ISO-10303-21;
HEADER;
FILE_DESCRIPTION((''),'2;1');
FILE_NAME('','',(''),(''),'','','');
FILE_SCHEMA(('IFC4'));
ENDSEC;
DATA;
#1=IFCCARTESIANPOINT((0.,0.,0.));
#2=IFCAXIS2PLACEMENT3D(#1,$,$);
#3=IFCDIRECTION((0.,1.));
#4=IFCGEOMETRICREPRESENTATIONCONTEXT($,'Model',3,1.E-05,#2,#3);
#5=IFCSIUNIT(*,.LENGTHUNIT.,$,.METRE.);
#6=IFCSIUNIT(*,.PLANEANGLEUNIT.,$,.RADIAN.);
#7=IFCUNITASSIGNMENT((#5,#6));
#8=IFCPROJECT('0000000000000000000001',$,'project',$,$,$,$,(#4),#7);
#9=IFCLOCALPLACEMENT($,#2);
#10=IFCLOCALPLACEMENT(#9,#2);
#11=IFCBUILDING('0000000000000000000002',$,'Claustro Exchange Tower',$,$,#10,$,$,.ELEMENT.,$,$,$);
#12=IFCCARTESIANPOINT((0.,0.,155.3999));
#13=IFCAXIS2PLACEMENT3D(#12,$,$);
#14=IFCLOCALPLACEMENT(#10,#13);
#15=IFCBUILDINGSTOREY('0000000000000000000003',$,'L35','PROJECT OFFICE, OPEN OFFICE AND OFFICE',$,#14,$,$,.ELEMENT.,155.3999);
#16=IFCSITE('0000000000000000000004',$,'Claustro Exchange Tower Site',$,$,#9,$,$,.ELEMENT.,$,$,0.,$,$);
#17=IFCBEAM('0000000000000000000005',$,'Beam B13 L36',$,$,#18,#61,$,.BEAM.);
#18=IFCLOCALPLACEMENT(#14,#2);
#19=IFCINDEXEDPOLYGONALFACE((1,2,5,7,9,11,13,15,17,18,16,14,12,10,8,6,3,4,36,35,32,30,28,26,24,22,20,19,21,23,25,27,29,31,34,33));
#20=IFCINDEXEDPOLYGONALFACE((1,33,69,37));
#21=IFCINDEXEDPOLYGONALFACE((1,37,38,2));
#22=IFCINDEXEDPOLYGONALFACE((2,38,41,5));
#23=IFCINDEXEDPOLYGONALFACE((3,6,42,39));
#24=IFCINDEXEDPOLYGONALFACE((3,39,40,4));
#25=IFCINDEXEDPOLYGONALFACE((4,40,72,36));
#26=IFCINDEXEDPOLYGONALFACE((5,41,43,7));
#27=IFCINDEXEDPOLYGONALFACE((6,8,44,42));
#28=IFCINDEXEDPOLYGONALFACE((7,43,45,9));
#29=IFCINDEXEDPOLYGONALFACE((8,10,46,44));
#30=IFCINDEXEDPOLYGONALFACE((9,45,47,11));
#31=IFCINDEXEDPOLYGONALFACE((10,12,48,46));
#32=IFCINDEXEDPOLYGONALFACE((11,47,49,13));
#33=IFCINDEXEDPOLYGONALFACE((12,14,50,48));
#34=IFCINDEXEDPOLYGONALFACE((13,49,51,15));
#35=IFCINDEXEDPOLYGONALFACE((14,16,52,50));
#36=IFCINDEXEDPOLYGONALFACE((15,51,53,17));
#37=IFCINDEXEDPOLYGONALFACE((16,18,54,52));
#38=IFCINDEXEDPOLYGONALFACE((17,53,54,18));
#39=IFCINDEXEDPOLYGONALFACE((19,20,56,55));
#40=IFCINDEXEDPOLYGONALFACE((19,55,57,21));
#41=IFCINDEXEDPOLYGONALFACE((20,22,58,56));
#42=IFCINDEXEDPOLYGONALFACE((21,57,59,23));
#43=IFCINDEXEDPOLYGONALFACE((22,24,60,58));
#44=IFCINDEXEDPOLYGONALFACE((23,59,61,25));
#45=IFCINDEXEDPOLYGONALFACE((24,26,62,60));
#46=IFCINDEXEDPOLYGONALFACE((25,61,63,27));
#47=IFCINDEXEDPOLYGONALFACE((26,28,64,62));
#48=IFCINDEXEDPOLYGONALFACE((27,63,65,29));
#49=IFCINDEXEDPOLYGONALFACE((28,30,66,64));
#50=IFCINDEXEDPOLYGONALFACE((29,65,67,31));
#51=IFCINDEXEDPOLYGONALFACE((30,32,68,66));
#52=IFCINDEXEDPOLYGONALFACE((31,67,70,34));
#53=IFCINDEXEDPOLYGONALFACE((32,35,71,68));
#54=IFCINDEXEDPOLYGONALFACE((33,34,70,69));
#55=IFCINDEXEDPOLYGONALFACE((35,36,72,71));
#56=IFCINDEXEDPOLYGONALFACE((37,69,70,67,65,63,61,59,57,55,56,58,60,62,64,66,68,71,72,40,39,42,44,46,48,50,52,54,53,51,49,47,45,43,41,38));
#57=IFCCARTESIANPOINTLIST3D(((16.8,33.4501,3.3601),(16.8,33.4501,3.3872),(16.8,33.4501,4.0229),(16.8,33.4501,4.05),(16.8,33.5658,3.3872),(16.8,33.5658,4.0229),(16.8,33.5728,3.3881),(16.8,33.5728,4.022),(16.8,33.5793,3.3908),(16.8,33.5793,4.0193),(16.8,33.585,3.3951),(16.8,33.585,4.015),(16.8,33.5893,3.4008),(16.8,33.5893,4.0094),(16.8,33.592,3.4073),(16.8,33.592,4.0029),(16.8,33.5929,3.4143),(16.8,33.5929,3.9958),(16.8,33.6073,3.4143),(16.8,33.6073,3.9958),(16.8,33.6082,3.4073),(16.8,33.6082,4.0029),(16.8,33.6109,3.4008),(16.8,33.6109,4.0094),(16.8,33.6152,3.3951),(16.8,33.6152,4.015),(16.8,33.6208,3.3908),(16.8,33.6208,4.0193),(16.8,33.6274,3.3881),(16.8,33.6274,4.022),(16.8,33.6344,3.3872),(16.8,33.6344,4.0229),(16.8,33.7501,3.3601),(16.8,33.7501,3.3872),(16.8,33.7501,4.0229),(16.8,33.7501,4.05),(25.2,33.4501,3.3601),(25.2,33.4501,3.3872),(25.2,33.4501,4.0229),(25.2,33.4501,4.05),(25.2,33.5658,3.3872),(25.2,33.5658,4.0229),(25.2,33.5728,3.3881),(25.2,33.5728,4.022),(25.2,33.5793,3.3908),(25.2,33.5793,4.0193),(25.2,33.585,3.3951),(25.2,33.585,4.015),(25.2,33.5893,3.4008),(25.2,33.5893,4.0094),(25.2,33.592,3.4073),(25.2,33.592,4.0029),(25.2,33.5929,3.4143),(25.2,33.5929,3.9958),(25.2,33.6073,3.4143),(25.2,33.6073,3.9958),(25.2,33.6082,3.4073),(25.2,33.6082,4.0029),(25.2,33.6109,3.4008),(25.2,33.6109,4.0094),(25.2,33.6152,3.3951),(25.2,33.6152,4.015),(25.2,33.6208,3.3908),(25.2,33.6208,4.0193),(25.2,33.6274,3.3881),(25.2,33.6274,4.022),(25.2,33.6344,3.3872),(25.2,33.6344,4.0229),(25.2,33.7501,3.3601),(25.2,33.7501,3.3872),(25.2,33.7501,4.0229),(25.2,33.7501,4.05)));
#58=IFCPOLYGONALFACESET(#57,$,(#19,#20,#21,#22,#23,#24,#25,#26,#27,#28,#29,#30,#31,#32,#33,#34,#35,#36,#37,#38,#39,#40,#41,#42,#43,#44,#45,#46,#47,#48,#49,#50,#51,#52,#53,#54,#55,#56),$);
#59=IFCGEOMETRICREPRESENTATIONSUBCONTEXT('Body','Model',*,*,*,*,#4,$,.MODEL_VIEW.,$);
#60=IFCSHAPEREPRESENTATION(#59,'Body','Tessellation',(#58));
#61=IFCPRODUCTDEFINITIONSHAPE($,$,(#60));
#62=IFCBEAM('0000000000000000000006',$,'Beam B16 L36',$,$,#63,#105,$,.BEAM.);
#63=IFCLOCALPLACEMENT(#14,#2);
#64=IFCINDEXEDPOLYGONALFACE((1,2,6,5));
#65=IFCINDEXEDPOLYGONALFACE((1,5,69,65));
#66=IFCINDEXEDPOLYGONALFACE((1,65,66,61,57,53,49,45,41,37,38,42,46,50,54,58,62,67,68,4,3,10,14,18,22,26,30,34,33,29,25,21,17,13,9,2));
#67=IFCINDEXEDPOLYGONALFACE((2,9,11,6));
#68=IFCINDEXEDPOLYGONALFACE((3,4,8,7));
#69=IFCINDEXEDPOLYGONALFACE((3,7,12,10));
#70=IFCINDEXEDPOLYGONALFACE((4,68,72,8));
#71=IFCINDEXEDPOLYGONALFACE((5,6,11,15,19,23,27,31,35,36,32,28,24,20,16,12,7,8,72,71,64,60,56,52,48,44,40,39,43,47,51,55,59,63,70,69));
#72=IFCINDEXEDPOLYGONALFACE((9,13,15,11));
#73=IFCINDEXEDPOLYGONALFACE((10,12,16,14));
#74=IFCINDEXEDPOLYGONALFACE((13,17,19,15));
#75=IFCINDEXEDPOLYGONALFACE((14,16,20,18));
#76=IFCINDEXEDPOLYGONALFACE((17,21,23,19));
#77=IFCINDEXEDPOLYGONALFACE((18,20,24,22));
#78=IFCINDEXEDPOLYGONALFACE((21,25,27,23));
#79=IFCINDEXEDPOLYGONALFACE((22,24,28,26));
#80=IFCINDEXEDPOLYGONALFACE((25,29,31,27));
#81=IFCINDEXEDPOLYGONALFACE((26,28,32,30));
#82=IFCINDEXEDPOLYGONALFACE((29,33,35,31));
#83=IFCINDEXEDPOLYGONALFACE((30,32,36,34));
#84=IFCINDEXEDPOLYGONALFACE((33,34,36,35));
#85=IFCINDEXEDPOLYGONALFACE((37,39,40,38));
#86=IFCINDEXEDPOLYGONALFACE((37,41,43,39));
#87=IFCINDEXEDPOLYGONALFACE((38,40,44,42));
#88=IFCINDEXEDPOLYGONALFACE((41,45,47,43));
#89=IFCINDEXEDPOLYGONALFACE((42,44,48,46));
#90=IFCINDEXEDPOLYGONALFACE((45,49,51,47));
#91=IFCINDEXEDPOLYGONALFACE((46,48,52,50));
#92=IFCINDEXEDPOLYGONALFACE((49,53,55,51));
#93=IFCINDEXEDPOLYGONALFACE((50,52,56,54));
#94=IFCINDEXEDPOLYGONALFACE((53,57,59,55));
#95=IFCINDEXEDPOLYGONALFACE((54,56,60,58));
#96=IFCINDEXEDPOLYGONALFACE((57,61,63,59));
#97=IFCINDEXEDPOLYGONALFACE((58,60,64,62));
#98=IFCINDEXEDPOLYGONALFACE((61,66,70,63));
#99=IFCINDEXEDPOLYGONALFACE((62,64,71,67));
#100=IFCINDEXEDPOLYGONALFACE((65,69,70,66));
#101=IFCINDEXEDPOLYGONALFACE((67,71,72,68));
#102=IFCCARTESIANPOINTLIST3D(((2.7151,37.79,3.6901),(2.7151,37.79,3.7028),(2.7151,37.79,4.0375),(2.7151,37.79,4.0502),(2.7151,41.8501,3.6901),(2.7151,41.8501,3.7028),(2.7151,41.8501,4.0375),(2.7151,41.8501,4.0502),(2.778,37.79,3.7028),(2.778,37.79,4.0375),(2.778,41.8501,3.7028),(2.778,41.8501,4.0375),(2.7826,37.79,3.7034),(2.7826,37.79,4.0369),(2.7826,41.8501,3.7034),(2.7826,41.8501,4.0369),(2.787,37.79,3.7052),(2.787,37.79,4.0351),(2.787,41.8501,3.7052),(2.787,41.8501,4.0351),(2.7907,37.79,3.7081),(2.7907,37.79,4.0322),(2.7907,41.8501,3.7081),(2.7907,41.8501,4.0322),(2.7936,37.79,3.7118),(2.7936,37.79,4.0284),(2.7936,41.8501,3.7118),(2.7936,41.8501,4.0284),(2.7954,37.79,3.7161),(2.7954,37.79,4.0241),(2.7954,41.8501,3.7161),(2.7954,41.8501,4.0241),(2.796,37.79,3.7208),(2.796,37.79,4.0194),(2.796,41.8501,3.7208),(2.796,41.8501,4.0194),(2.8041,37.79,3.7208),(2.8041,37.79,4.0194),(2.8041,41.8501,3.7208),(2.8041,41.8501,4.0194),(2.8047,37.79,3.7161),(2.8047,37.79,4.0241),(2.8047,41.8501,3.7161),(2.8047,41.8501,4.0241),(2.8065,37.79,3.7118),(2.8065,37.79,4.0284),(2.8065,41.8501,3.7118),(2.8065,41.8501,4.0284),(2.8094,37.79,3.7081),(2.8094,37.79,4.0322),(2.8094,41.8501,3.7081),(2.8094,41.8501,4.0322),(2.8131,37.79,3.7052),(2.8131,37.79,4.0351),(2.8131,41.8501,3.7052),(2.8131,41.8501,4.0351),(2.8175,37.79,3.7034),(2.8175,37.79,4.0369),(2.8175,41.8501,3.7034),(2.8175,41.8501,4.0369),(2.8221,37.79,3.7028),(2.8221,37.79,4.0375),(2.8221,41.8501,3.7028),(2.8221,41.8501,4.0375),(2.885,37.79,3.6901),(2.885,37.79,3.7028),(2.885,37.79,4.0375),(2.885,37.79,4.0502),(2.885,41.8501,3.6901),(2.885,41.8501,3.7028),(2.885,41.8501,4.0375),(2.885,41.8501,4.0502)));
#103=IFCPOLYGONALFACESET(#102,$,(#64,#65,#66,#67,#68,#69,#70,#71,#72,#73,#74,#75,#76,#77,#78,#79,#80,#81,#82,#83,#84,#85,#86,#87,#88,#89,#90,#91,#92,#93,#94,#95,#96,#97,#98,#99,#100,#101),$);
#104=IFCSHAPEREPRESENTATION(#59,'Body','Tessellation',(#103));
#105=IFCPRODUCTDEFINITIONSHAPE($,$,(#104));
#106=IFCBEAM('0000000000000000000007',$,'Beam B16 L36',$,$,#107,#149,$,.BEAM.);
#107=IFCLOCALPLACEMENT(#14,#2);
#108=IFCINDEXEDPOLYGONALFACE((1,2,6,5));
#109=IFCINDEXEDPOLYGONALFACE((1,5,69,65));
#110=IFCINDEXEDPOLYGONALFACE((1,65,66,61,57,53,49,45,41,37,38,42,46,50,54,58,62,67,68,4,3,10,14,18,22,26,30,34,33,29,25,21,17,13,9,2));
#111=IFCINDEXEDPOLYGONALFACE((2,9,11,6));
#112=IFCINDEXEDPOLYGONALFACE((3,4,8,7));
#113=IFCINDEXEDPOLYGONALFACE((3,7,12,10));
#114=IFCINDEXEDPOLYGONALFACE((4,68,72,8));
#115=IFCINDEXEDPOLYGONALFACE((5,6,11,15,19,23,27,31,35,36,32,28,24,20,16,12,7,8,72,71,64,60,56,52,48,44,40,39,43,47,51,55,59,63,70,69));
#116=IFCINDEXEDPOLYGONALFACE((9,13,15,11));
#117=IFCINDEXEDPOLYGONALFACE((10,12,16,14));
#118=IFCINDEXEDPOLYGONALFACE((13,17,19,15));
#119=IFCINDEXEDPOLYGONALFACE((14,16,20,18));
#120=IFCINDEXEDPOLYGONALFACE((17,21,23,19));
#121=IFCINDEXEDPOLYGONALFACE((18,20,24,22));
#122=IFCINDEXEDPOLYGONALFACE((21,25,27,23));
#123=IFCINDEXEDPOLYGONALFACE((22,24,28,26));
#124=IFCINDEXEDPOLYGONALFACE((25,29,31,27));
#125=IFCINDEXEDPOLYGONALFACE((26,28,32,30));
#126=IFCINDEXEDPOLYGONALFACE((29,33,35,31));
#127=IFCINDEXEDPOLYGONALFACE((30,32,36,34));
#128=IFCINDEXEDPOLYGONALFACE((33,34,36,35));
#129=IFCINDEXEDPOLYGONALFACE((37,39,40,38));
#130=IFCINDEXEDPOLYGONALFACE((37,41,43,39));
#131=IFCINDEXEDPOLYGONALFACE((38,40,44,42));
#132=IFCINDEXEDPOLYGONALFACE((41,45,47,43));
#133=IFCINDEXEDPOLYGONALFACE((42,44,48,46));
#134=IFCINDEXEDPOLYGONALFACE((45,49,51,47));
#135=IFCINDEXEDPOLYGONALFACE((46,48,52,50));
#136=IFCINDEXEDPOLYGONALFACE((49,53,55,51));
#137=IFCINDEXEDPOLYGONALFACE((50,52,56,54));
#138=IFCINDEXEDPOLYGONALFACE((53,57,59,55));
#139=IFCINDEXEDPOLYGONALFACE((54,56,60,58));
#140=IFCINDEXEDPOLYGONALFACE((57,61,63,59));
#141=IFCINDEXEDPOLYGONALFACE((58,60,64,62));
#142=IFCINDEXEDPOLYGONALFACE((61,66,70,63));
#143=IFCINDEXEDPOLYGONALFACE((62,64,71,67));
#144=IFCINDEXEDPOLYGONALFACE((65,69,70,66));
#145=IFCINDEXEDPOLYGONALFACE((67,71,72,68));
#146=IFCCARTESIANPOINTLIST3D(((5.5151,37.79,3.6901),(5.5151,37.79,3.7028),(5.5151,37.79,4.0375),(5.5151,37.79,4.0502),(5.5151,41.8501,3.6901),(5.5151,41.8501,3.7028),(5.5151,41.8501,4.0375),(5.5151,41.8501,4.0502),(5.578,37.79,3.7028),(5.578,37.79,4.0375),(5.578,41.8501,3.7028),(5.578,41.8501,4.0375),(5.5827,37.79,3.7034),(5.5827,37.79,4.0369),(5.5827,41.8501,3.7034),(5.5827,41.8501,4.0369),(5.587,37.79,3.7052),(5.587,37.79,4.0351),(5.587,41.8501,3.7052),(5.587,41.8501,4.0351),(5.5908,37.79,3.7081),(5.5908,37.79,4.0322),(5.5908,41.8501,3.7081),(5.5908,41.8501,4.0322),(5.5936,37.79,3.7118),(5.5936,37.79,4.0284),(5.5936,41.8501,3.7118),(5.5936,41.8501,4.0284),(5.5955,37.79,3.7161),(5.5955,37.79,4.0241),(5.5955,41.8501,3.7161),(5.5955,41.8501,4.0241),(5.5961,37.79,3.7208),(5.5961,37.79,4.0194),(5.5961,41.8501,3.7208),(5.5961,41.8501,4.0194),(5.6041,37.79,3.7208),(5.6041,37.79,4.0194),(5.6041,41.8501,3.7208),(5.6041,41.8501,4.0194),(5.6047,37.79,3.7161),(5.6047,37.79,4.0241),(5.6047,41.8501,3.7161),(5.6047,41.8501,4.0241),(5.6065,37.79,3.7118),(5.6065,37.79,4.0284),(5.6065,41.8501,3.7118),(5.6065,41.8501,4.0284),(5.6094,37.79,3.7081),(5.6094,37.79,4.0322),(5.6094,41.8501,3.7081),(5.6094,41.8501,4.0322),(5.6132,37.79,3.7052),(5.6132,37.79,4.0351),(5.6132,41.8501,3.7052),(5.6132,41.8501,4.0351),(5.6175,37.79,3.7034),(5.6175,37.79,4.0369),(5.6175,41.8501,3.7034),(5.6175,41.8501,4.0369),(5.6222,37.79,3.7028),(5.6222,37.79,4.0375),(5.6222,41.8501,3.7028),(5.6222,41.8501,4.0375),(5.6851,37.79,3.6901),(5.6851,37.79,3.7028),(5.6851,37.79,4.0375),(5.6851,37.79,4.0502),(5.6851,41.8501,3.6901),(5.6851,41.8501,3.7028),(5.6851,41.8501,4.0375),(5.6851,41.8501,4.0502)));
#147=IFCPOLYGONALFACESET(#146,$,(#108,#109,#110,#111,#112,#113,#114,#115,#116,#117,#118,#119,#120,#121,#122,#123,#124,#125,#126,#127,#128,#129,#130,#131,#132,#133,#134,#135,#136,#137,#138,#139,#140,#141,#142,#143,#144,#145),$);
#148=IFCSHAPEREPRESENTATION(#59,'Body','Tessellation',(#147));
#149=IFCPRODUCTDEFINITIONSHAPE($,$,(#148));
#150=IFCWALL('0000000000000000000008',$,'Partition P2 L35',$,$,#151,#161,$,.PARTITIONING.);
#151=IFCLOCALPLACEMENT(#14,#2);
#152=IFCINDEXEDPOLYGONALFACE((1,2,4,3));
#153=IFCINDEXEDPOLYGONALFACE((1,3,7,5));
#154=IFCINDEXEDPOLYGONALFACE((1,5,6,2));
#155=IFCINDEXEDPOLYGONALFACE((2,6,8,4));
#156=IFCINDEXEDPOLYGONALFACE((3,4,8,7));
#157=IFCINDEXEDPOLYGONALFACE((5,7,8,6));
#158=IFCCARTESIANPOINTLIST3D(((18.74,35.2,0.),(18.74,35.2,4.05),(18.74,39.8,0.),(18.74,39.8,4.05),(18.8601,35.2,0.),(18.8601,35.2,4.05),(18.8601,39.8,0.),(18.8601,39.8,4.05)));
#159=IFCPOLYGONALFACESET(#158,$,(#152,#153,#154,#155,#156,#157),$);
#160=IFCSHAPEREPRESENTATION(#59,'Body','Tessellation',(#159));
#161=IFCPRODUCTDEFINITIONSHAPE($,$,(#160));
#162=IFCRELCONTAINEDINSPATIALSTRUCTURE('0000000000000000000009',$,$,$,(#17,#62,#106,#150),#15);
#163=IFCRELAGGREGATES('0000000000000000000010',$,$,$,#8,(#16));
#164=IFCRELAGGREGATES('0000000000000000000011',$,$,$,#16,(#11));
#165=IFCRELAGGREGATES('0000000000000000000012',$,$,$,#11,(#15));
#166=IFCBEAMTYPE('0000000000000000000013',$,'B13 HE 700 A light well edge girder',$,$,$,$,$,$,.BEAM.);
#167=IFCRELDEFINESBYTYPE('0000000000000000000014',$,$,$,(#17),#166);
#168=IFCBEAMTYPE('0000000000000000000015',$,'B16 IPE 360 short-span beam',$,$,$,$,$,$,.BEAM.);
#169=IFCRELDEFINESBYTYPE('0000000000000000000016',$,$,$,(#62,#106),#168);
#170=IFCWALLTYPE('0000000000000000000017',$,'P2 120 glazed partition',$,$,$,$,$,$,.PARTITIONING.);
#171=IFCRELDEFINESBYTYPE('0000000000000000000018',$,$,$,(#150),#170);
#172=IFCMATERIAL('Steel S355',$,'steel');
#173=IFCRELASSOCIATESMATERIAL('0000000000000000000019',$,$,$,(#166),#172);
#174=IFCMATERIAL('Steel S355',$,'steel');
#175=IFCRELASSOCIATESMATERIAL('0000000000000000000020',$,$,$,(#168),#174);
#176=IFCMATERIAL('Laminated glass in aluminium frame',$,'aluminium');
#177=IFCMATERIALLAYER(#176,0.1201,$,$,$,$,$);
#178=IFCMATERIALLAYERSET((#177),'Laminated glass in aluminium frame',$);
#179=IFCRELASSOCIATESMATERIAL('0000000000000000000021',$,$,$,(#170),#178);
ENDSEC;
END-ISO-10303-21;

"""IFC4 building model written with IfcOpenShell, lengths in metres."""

from ifc_helpers import new_model, si_unit, direction, frame, frame_2d, origin, origin_2d, place, context, subcontext, project, spatial, rectangle, i_section, extrude, material, layer, layer_set, material_profile, profile_set, type_object, element, save


model = new_model("IFC4")

# Units and contexts
model_context = context("Model", 3, precision=1e-05, world=origin(), true_north=direction((0.0, 1.0)))
body_context = subcontext(model_context, "Body", "Model", "MODEL_VIEW")
ifc_project = project(units=[si_unit("LENGTHUNIT", "METRE"), si_unit("PLANEANGLEUNIT", "RADIAN")], contexts=[model_context])

# Site, building, storey
site_placement = place(None, origin())
site = spatial("IfcSite", under=ifc_project, at=site_placement, Name="Claustro Exchange Tower Site", CompositionType="ELEMENT", RefElevation=0.0)
building_placement = place(site_placement, origin())
building = spatial("IfcBuilding", under=site, at=building_placement, Name="Claustro Exchange Tower", CompositionType="ELEMENT")
storey_placement = place(building_placement, frame((0.0, 0.0, 155.3999)))
storey = spatial("IfcBuildingStorey", under=building, at=storey_placement, Name="L35", Description="PROJECT OFFICE, OPEN OFFICE AND OFFICE", CompositionType="ELEMENT", Elevation=155.3999)

# Beams
ifc_material_1 = material(Name="Steel S355", Category="steel")
ifc_material_profile_1 = material_profile(ifc_material_1, i_section(OverallWidth=0.3, OverallDepth=0.6899, WebThickness=0.0144, FlangeThickness=0.0271, FilletRadius=0.0271, at=origin_2d()), Name="HE 700 A")
ifc_profile_set_1 = profile_set([ifc_material_profile_1], Name="Steel S355")
beam_type_1 = type_object("IfcBeamType", Name="B13 HE 700 A light well edge girder", PredefinedType="BEAM", material=ifc_profile_set_1)
beam_placement = place(storey_placement, frame((16.8, 33.6001, 3.7051), z_axis=(1.0, 0.0, 0.0), x_axis=(0.0, 1.0, 0.0)))
element("IfcBeam", 1, at=beam_placement, inside=storey, type_object=beam_type_1, Name="Beam B13 L36", PredefinedType="BEAM", context=body_context, shape_type="SweptSolid", body=[
    extrude(i_section(OverallWidth=0.3, OverallDepth=0.6899, WebThickness=0.0144, FlangeThickness=0.0271, FilletRadius=0.0271, at=origin_2d()), origin(), (0.0, 0.0, 1.0), 8.3999),
])
ifc_material_2 = material(Name="Steel S355", Category="steel")
ifc_material_profile_2 = material_profile(ifc_material_2, i_section(OverallWidth=0.1699, OverallDepth=0.3601, WebThickness=0.0081, FlangeThickness=0.0127, FilletRadius=0.0181, at=origin_2d()), Name="IPE 360")
ifc_profile_set_2 = profile_set([ifc_material_profile_2], Name="Steel S355")
beam_type_2 = type_object("IfcBeamType", Name="B16 IPE 360 short-span beam", PredefinedType="BEAM", material=ifc_profile_set_2)
for number, where, z_axis, x_axis, name in (
    (2, (2.8, 37.79, 3.8701), (0.0, 1.0, 0.0), (-1.0, 0.0, 0.0), "Beam B16 L36"),
    (3, (5.6001, 37.79, 3.8701), (0.0, 1.0, 0.0), (-1.0, 0.0, 0.0), "Beam B16 L36"),
):
    element("IfcBeam", number, at=place(storey_placement, frame(where, z_axis=z_axis, x_axis=x_axis)), inside=storey, type_object=beam_type_2, Name=name, PredefinedType="BEAM", context=body_context, shape_type="SweptSolid", body=[
        extrude(i_section(OverallWidth=0.1699, OverallDepth=0.3601, WebThickness=0.0081, FlangeThickness=0.0127, FilletRadius=0.0181, at=origin_2d()), origin(), (0.0, 0.0, 1.0), 4.0601),
    ])

# Wall
ifc_material_3 = material(Name="Laminated glass in aluminium frame", Category="aluminium")
ifc_layer_1 = layer(ifc_material_3, 0.1201)
ifc_layer_set_1 = layer_set([ifc_layer_1], Name="Laminated glass in aluminium frame")
wall_type_1 = type_object("IfcWallType", Name="P2 120 glazed partition", PredefinedType="PARTITIONING", material=ifc_layer_set_1)
wall_1_placement = place(storey_placement, frame((18.8, 35.2, 0.0), z_axis=(0.0, 0.0, 1.0), x_axis=(0.0, 1.0, 0.0)))
element("IfcWall", 4, at=wall_1_placement, inside=storey, type_object=wall_type_1, Name="Partition P2 L35", PredefinedType="PARTITIONING", context=body_context, shape_type="SweptSolid", body=[
    extrude(rectangle(XDim=4.6001, YDim=0.1201, at=frame_2d((2.3, 0.0))), origin(), (0.0, 0.0, 1.0), 4.05),
])

save(model, "model.ifc")
